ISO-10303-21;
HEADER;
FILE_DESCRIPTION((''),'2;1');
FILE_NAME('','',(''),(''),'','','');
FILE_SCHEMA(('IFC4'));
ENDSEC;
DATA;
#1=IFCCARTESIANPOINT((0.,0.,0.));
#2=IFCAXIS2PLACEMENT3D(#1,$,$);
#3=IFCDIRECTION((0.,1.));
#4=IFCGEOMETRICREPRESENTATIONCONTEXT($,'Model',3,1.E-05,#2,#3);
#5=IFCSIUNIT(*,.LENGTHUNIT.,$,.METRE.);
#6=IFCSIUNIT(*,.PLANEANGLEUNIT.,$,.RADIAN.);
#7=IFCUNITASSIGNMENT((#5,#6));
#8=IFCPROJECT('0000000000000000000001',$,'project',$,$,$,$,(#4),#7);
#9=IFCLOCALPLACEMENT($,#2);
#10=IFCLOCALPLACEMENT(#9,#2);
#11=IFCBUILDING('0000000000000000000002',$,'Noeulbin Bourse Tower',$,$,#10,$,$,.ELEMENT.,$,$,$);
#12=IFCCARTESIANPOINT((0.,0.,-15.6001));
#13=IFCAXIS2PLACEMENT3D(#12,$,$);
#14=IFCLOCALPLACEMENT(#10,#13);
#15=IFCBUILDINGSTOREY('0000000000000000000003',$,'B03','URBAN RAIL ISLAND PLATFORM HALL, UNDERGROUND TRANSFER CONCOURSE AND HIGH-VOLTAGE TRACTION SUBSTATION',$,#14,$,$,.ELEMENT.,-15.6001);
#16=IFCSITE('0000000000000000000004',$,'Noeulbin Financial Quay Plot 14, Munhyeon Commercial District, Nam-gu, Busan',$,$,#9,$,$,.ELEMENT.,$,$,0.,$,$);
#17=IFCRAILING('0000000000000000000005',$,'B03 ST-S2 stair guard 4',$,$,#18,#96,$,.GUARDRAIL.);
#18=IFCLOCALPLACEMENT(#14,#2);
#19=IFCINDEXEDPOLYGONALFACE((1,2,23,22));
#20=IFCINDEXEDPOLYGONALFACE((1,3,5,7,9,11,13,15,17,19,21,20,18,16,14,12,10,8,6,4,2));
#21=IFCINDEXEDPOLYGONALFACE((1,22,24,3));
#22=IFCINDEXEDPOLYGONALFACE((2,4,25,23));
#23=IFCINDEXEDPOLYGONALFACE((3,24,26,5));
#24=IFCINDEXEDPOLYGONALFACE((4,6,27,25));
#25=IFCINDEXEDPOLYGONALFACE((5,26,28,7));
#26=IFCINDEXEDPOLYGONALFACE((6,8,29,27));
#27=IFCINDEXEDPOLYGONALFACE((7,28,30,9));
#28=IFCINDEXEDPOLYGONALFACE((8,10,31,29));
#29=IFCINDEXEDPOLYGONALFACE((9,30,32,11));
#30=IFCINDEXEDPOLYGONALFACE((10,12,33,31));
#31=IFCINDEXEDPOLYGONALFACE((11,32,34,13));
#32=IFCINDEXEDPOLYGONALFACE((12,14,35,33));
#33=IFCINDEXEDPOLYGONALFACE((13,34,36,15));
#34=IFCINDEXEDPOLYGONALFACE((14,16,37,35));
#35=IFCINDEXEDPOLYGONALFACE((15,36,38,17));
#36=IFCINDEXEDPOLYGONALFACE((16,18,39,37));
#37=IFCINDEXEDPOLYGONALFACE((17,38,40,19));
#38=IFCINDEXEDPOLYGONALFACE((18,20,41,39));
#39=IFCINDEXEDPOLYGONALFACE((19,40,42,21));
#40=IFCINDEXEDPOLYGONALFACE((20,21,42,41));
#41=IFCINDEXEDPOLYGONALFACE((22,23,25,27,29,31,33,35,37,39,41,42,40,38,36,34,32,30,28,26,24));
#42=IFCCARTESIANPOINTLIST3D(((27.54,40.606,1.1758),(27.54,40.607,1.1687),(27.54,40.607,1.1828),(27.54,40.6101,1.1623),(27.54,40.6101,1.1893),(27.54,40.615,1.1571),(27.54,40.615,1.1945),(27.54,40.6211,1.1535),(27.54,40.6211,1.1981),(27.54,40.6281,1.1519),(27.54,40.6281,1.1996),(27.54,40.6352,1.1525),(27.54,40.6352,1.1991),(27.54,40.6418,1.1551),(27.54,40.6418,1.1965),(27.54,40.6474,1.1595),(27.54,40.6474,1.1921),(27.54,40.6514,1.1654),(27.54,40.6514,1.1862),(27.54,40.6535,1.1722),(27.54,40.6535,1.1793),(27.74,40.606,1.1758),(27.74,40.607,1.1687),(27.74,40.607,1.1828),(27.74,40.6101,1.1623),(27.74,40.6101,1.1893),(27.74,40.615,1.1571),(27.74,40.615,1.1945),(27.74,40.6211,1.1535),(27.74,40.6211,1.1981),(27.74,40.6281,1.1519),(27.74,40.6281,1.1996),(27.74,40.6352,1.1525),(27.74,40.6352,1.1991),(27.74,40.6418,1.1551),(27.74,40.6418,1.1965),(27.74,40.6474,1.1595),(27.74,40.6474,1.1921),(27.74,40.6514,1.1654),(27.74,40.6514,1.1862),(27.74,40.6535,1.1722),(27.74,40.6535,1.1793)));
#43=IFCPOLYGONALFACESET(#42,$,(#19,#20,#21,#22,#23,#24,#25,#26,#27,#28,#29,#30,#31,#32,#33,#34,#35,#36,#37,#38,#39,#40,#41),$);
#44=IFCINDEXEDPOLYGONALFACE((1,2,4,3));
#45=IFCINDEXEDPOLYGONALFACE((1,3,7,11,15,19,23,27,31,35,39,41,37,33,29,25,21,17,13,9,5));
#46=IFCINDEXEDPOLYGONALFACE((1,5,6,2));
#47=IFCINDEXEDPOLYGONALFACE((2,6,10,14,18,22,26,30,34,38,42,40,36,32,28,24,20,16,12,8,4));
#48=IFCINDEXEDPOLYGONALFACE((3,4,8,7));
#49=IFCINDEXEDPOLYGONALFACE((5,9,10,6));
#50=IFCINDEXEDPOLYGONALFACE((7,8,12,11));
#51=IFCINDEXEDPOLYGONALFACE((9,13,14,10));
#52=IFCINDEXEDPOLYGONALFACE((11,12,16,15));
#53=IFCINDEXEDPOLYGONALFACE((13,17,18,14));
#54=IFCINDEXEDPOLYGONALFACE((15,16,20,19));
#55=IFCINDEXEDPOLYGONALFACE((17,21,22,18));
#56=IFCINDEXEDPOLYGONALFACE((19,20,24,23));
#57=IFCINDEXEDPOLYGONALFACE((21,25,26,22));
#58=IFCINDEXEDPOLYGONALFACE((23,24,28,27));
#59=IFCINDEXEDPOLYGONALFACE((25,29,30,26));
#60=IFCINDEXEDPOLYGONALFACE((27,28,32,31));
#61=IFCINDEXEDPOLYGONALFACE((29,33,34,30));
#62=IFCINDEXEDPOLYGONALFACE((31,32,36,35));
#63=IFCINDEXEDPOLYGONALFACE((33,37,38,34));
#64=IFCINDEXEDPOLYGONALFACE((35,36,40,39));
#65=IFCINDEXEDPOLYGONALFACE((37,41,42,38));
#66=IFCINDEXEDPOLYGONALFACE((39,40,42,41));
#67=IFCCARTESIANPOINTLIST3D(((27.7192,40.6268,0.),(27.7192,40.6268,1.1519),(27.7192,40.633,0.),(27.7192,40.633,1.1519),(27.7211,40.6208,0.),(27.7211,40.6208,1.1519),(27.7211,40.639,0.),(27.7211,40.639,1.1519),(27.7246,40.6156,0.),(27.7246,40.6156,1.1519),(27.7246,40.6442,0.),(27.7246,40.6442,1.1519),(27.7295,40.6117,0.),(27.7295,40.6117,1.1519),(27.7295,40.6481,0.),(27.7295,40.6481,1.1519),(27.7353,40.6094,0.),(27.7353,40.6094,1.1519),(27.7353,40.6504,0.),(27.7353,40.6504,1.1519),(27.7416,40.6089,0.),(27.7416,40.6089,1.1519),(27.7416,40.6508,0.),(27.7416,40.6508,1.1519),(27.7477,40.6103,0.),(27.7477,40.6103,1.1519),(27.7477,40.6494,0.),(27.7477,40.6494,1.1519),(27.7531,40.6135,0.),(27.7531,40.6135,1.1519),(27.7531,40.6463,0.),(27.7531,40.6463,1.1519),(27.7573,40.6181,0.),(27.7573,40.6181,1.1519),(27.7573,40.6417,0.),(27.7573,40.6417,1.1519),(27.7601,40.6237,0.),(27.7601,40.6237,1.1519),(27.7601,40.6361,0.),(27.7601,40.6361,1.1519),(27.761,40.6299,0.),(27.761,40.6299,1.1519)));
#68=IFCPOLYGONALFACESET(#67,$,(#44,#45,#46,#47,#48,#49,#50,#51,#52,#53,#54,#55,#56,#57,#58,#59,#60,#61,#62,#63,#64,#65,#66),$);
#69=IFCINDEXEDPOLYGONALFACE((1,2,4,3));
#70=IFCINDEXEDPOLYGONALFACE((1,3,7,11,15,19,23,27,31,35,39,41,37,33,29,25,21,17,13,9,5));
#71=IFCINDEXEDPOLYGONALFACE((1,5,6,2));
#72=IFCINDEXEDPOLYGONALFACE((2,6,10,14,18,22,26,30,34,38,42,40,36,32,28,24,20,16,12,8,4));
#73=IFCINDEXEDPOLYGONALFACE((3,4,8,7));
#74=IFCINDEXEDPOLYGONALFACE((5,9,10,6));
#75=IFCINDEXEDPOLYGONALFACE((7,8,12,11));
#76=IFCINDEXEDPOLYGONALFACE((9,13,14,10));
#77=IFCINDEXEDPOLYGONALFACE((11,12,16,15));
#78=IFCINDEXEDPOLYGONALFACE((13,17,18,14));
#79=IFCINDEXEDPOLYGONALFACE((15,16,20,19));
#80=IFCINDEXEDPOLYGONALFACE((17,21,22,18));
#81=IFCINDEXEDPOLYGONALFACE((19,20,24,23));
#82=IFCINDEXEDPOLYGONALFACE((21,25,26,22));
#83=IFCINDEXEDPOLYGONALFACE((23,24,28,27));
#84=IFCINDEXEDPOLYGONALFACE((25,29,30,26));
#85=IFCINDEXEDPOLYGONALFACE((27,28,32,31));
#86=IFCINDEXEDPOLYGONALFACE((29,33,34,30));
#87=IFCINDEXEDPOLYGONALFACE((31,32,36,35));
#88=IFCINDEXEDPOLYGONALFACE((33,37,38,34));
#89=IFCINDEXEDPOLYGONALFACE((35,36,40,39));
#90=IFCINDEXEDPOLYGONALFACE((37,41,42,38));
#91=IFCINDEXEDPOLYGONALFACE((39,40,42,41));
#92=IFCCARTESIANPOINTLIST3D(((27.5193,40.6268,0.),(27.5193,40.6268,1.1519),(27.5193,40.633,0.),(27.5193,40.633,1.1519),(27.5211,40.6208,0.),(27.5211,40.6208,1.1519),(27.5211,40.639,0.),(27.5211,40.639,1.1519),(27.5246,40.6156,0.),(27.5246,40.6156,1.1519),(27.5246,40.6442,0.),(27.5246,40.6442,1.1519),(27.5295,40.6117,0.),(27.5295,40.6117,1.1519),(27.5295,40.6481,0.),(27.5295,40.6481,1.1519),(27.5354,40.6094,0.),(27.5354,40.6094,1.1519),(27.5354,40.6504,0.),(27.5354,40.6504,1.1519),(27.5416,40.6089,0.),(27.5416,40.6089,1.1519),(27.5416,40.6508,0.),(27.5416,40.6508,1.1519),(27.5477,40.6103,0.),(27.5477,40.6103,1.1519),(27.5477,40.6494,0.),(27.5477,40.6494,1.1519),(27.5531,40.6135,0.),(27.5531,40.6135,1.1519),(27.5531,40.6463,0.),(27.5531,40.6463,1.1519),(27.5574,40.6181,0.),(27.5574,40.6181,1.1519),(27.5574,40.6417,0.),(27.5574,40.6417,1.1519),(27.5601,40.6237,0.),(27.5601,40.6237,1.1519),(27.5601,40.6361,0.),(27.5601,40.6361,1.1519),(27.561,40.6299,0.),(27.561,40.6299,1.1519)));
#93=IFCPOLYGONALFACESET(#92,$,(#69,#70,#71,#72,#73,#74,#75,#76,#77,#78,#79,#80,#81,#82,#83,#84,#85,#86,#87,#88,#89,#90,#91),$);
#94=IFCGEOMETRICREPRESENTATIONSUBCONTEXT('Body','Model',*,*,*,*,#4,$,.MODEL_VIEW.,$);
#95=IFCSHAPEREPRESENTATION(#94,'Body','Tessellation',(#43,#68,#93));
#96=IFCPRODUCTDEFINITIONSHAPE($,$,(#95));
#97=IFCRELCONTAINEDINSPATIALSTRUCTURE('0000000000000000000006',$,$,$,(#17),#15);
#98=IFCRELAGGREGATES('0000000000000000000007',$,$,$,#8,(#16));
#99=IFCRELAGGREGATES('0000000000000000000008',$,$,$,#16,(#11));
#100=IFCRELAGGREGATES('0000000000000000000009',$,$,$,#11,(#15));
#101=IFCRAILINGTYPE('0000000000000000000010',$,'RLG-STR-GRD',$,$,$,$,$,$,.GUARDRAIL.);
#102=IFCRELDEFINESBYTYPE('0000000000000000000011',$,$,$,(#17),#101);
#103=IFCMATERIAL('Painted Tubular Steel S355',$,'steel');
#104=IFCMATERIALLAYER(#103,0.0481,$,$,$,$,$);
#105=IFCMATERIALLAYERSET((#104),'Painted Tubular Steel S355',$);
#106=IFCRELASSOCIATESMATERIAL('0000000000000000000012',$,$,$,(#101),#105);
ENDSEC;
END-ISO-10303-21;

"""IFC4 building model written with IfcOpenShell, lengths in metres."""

from ifc_helpers import new_model, si_unit, direction, frame, origin, origin_2d, place, context, subcontext, project, spatial, circle, extrude, material, layer, layer_set, type_object, element, save


model = new_model("IFC4")

# Units and contexts
model_context = context("Model", 3, precision=1e-05, world=origin(), true_north=direction((0.0, 1.0)))
body_context = subcontext(model_context, "Body", "Model", "MODEL_VIEW")
ifc_project = project(units=[si_unit("LENGTHUNIT", "METRE"), si_unit("PLANEANGLEUNIT", "RADIAN")], contexts=[model_context])

# Site, building, storey
site_placement = place(None, origin())
site = spatial("IfcSite", under=ifc_project, at=site_placement, Name="Noeulbin Financial Quay Plot 14, Munhyeon Commercial District, Nam-gu, Busan", CompositionType="ELEMENT", RefElevation=0.0)
building_placement = place(site_placement, origin())
building = spatial("IfcBuilding", under=site, at=building_placement, Name="Noeulbin Bourse Tower", CompositionType="ELEMENT")
storey_placement = place(building_placement, frame((0.0, 0.0, -15.6001)))
storey = spatial("IfcBuildingStorey", under=building, at=storey_placement, Name="B03", Description="URBAN RAIL ISLAND PLATFORM HALL, UNDERGROUND TRANSFER CONCOURSE AND HIGH-VOLTAGE TRACTION SUBSTATION", CompositionType="ELEMENT", Elevation=-15.6001)

# Railing
ifc_material_1 = material(Name="Painted Tubular Steel S355", Category="steel")
ifc_layer_1 = layer(ifc_material_1, 0.0481)
ifc_layer_set_1 = layer_set([ifc_layer_1], Name="Painted Tubular Steel S355")
railing_type_1 = type_object("IfcRailingType", Name="RLG-STR-GRD", PredefinedType="GUARDRAIL", material=ifc_layer_set_1)
railing_1_placement = place(storey_placement, frame((27.74, 40.6299, 0.0)))
element("IfcRailing", 1, at=railing_1_placement, inside=storey, type_object=railing_type_1, Name="B03 ST-S2 stair guard 4", PredefinedType="GUARDRAIL", context=body_context, shape_type="SweptSolid", body=[
    extrude(circle(Radius=0.0239, at=origin_2d()), frame((0.0, 0.0, 1.1758), z_axis=(-1.0, 0.0, 0.0), x_axis=(0.0, -1.0, 0.0)), (0.0, 0.0, 1.0), 0.2),
    extrude(circle(Radius=0.021, at=origin_2d()), origin(), (0.0, 0.0, 1.0), 1.1519),
    extrude(circle(Radius=0.021, at=origin_2d()), frame((-0.2, 0.0, 0.0)), (0.0, 0.0, 1.0), 1.1519),
])

save(model, "model.ifc")
